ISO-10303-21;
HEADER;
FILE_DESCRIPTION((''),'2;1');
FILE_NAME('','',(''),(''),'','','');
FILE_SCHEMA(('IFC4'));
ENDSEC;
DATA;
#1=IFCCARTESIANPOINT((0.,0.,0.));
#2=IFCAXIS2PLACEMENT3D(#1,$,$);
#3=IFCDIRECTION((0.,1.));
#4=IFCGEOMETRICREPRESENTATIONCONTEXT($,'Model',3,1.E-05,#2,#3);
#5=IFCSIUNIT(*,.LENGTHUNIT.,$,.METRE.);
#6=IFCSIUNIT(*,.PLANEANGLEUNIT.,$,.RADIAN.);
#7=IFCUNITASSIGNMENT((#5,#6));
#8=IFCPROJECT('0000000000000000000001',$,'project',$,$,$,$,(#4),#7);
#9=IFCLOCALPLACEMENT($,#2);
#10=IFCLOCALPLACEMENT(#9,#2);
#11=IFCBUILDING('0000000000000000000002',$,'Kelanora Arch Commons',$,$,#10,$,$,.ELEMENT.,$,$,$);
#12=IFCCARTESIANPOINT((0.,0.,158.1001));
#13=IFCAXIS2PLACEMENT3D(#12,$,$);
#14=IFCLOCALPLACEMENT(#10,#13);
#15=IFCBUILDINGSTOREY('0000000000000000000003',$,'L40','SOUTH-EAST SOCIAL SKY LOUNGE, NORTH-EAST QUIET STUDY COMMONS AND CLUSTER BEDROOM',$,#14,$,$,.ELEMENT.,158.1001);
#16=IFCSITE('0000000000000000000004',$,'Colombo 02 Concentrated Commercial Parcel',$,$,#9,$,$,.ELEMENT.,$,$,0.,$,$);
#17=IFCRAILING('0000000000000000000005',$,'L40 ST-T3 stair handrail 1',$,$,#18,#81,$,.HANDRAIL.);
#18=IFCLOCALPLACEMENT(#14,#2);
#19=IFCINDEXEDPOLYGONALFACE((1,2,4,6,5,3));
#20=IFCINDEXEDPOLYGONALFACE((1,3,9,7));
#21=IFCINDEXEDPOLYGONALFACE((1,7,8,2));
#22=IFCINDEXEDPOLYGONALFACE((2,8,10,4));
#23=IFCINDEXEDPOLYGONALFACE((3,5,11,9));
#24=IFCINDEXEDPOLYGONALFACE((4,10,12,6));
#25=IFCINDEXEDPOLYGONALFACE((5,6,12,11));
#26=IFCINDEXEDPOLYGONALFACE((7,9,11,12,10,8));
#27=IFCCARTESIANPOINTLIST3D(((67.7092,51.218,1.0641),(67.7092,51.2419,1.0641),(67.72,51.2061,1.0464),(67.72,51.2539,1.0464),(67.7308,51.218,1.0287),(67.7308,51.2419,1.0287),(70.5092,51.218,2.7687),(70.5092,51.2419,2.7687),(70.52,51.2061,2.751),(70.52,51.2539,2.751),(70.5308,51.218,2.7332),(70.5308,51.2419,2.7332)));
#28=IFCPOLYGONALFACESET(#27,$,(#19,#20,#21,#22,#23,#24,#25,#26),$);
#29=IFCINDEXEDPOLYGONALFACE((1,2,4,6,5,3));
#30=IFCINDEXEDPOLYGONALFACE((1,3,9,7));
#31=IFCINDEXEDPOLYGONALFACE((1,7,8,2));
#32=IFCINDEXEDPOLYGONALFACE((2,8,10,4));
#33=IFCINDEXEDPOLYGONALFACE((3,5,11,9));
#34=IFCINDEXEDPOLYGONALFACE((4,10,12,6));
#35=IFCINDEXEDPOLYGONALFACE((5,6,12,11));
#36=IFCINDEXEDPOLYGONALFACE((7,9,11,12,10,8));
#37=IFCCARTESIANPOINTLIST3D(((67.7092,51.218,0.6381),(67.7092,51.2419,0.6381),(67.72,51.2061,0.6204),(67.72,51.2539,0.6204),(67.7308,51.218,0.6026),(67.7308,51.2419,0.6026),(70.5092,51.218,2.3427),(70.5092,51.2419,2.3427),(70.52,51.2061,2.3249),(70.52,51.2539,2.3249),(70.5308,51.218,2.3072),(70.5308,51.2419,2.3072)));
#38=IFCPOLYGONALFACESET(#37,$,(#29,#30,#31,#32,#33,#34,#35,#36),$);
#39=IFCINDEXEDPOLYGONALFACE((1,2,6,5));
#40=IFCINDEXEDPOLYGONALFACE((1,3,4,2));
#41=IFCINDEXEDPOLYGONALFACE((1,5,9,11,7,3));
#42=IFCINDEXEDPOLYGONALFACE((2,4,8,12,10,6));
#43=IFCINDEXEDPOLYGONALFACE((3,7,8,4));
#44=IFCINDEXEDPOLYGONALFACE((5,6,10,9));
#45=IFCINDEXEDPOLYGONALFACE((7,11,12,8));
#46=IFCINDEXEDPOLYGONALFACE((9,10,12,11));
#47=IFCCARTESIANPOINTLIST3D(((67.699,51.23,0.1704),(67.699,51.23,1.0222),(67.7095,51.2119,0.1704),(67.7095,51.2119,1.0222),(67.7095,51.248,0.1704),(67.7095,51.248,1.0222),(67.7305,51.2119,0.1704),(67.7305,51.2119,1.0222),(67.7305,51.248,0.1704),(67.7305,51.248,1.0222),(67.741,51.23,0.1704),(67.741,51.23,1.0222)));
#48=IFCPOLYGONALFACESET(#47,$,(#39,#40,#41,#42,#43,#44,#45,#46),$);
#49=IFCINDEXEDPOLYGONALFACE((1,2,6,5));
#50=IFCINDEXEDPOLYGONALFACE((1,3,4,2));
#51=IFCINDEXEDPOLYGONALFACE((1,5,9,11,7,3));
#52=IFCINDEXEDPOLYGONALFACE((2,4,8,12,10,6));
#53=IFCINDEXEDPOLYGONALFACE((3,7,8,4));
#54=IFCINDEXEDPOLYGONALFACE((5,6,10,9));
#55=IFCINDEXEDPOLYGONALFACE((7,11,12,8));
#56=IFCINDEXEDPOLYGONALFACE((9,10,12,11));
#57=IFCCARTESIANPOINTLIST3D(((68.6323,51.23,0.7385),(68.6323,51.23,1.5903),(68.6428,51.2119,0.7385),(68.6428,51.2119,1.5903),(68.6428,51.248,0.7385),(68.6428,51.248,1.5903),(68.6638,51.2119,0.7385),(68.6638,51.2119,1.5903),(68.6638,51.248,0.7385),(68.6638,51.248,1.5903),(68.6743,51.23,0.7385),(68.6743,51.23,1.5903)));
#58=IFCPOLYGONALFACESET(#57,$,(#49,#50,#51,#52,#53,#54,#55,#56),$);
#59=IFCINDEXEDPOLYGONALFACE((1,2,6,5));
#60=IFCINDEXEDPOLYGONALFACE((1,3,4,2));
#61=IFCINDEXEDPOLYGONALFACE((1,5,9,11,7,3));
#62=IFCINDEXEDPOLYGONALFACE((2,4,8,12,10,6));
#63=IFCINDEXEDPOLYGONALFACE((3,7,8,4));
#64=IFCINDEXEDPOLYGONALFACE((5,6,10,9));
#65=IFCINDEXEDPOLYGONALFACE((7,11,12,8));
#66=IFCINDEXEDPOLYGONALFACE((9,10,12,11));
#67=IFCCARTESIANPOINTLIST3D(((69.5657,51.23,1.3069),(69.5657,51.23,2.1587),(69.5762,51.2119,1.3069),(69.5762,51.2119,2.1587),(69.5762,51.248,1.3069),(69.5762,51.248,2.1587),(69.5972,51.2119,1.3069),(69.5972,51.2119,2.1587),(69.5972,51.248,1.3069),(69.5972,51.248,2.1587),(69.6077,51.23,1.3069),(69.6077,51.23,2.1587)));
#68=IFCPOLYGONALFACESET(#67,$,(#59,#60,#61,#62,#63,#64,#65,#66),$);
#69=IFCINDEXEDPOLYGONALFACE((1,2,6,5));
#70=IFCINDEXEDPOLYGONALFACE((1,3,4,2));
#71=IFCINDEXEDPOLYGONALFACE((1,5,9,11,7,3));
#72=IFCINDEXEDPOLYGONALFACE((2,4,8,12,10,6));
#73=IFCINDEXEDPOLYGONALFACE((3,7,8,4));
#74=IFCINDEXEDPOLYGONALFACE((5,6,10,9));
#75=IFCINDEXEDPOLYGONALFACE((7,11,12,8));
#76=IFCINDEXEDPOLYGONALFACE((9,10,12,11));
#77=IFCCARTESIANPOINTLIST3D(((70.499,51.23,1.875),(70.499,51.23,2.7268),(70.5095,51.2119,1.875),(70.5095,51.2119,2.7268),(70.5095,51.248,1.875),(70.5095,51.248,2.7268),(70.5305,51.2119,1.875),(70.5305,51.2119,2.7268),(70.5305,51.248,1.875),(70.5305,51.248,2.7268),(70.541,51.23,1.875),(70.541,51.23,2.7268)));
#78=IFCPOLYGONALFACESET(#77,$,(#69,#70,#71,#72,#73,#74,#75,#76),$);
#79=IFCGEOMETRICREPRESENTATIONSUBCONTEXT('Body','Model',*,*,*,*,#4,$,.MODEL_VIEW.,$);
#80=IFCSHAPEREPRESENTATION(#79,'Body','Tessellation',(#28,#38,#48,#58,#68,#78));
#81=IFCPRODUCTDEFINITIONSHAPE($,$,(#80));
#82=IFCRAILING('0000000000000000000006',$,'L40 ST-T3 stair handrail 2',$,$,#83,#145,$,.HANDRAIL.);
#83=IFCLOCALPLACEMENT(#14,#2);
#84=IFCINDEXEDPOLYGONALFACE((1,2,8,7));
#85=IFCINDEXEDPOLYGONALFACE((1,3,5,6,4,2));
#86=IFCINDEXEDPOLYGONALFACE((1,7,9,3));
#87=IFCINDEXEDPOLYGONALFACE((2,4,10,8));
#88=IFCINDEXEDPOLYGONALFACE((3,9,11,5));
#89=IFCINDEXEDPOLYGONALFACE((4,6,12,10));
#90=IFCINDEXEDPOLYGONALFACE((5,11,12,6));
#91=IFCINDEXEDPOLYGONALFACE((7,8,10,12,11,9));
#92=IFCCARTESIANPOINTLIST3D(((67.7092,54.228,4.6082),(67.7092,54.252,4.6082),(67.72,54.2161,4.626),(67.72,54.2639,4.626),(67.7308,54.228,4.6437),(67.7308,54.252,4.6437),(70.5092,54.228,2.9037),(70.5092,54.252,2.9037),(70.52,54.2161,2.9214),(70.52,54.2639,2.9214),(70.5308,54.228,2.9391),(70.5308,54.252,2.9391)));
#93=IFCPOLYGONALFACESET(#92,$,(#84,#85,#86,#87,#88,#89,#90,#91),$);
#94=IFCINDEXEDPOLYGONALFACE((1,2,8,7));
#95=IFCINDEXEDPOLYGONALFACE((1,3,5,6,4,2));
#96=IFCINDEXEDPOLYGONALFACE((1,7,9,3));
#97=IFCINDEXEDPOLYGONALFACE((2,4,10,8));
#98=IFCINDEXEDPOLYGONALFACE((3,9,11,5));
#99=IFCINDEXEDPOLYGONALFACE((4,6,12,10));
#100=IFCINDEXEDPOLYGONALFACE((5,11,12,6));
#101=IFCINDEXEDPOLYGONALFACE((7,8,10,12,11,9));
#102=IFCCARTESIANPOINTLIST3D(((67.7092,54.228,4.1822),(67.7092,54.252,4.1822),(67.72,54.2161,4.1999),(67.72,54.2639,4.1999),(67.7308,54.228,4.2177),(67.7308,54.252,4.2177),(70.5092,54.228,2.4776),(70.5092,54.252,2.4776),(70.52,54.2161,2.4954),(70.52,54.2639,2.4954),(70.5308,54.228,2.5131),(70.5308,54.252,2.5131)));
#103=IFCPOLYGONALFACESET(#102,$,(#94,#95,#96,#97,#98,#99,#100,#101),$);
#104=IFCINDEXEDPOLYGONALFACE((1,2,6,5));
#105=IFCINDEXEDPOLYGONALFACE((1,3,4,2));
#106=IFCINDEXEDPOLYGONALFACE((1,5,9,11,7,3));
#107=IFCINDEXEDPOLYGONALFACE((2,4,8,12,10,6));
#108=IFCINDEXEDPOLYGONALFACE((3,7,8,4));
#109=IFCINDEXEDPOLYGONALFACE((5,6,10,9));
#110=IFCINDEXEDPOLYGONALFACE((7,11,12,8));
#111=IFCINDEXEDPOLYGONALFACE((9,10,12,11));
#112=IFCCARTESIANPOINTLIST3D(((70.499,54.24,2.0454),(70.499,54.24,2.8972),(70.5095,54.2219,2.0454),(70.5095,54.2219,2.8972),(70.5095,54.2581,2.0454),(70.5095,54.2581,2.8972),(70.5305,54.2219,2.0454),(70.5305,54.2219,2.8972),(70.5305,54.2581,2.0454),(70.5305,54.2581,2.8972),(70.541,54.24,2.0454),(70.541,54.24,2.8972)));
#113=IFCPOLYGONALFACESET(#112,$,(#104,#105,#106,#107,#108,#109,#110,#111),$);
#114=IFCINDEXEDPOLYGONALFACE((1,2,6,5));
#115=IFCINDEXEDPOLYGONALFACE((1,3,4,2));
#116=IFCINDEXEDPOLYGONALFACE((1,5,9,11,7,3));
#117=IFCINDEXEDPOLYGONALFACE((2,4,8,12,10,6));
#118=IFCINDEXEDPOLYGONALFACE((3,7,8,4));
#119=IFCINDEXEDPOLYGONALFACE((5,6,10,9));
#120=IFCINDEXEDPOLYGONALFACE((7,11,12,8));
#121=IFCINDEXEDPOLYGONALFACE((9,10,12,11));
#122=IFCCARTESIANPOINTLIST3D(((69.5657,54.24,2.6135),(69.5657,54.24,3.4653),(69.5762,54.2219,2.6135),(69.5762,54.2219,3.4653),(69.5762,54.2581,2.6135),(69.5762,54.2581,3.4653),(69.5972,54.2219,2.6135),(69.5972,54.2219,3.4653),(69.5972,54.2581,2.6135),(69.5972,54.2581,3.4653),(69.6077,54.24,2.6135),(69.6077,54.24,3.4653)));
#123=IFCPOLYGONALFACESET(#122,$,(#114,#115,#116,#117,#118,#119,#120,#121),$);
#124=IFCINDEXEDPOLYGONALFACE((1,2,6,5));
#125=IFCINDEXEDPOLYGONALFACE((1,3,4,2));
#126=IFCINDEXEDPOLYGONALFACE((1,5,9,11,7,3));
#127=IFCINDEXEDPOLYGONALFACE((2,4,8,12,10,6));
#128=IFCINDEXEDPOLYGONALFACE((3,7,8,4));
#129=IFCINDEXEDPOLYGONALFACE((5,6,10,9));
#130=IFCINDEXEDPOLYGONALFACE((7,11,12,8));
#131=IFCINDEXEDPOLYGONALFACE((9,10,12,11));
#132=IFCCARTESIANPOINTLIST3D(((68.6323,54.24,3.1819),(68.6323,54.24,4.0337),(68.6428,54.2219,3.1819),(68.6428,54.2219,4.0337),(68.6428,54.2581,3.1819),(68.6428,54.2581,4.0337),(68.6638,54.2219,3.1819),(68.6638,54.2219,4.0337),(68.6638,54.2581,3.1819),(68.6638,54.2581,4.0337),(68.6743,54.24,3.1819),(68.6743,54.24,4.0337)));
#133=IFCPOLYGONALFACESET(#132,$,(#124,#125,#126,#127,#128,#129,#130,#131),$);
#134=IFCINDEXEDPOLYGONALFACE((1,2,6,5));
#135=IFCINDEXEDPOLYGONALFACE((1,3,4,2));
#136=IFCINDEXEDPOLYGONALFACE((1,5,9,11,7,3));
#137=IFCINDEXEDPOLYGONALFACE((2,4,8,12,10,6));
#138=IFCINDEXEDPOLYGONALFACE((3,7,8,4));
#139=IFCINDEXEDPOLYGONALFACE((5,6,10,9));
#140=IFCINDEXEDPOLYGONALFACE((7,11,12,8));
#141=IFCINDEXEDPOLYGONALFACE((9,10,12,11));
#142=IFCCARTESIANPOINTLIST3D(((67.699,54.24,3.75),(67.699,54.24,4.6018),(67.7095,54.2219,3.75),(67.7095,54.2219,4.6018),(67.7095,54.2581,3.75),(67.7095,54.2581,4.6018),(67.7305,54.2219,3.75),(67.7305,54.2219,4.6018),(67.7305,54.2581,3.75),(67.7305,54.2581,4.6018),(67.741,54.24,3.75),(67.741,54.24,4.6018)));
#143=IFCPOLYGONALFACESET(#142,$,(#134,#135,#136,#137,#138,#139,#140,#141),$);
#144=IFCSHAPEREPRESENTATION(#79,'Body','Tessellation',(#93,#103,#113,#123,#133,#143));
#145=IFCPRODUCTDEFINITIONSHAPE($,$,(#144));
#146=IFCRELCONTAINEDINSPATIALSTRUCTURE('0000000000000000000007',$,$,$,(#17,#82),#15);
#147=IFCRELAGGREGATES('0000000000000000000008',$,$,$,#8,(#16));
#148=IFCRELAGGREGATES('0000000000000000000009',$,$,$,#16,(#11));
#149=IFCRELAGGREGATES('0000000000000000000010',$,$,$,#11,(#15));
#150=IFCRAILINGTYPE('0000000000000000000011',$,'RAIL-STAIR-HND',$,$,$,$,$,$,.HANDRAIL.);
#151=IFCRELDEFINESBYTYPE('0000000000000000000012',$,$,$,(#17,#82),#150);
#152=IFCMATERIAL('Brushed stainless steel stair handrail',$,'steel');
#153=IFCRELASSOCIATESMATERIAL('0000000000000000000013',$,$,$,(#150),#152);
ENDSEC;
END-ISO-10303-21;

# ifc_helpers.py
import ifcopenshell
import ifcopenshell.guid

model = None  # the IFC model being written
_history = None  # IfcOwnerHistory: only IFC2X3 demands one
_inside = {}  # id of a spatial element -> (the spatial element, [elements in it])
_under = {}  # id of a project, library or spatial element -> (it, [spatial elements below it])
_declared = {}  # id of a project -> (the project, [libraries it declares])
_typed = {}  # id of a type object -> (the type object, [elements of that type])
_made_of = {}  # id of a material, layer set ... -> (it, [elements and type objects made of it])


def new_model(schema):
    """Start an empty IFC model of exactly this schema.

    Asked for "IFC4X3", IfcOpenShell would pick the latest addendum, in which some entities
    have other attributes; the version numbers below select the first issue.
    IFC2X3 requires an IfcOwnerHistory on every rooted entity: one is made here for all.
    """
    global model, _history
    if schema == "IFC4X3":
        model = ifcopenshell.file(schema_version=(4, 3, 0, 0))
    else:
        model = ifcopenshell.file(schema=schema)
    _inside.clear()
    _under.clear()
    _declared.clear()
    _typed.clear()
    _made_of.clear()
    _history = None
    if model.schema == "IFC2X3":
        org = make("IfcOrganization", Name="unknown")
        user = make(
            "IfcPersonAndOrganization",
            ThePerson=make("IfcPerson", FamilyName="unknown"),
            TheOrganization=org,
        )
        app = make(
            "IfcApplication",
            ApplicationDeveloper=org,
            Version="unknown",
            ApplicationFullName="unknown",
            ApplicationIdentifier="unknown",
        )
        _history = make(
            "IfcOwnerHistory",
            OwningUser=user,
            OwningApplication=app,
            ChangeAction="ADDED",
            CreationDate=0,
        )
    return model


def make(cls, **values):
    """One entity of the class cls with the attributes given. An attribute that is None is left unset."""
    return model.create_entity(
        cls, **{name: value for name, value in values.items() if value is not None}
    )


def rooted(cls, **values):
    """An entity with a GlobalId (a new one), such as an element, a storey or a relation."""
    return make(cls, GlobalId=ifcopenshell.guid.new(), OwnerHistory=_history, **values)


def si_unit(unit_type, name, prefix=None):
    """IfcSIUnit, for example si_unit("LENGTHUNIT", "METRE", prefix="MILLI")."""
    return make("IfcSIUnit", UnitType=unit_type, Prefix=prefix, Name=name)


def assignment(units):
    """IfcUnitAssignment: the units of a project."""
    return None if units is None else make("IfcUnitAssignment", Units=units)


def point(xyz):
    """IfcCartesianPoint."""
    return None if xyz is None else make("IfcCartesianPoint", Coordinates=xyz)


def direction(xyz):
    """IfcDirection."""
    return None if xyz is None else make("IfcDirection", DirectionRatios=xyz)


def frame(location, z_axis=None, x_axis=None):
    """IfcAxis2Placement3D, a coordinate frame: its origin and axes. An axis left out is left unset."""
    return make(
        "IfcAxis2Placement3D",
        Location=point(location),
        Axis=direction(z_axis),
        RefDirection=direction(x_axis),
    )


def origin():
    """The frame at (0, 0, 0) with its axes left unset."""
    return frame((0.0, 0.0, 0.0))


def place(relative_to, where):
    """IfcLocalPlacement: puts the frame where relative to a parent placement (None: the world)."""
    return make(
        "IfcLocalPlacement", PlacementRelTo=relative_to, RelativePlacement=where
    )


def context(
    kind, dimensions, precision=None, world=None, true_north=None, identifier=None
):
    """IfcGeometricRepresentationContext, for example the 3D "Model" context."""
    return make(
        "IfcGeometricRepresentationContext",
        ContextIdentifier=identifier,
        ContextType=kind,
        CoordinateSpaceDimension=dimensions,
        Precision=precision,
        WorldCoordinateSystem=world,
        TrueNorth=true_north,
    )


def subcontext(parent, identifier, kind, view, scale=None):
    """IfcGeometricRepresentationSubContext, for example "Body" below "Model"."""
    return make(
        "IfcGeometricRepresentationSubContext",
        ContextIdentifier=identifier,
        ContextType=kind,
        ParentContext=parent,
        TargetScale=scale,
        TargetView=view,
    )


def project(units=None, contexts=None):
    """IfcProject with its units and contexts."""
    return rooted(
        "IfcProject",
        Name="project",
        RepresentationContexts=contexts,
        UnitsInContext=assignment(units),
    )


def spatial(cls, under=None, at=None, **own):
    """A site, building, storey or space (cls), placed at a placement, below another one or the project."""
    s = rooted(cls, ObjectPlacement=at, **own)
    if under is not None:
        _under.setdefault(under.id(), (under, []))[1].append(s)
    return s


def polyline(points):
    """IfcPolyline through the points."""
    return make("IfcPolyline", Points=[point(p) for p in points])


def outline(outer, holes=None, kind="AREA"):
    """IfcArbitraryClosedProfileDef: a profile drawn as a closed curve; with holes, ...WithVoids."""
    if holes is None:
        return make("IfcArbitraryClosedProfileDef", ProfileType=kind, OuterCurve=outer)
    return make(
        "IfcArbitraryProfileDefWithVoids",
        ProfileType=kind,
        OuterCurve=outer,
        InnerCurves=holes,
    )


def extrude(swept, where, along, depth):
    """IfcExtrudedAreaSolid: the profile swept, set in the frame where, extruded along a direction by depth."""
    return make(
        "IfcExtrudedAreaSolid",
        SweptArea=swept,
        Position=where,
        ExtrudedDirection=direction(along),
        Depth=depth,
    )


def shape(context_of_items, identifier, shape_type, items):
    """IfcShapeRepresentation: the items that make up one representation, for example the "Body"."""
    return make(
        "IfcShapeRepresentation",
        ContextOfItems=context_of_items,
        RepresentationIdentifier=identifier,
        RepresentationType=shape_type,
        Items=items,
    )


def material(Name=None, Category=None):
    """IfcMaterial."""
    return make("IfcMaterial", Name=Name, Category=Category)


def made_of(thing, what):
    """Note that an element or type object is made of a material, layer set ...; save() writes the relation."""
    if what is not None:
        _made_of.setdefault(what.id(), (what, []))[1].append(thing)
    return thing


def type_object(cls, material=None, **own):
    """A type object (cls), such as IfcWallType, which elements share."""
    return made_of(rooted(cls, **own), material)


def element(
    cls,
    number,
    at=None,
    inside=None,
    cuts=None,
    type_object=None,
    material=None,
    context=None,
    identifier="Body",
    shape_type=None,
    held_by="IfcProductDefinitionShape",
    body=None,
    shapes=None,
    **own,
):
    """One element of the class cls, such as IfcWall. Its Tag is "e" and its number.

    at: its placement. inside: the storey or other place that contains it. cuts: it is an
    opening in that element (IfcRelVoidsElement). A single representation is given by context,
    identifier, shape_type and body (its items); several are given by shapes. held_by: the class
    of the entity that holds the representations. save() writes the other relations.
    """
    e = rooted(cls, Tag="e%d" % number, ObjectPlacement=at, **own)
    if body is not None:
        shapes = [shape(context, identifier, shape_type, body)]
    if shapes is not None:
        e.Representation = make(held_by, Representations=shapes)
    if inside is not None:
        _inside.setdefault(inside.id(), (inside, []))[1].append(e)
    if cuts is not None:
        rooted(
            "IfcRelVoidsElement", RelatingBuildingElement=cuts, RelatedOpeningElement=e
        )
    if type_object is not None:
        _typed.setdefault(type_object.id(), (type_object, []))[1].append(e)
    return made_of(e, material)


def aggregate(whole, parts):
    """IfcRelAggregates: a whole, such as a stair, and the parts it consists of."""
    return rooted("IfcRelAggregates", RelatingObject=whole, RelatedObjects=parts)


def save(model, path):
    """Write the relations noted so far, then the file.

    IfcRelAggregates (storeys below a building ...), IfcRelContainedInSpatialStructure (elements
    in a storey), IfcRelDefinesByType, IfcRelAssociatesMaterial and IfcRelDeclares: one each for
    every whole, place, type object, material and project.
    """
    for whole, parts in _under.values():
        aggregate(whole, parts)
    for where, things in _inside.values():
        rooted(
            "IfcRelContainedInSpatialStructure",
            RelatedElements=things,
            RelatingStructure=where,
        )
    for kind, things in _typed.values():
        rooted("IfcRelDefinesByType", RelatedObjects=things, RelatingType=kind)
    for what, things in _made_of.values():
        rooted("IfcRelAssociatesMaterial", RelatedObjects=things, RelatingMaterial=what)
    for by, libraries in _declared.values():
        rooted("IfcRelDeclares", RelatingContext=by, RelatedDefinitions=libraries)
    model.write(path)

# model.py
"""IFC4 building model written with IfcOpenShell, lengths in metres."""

from ifc_helpers import new_model, si_unit, direction, frame, origin, place, context, subcontext, project, spatial, polyline, outline, extrude, material, type_object, element, save


model = new_model("IFC4")

# Units and contexts
model_context = context("Model", 3, precision=1e-05, world=origin(), true_north=direction((0.0, 1.0)))
body_context = subcontext(model_context, "Body", "Model", "MODEL_VIEW")
ifc_project = project(units=[si_unit("LENGTHUNIT", "METRE"), si_unit("PLANEANGLEUNIT", "RADIAN")], contexts=[model_context])

# Site, building, storey
site_placement = place(None, origin())
site = spatial("IfcSite", under=ifc_project, at=site_placement, Name="Colombo 02 Concentrated Commercial Parcel", CompositionType="ELEMENT", RefElevation=0.0)
building_placement = place(site_placement, origin())
building = spatial("IfcBuilding", under=site, at=building_placement, Name="Kelanora Arch Commons", CompositionType="ELEMENT")
storey_placement = place(building_placement, frame((0.0, 0.0, 158.1001)))
storey = spatial("IfcBuildingStorey", under=building, at=storey_placement, Name="L40", Description="SOUTH-EAST SOCIAL SKY LOUNGE, NORTH-EAST QUIET STUDY COMMONS AND CLUSTER BEDROOM", CompositionType="ELEMENT", Elevation=158.1001)

# Railings
ifc_material_1 = material(Name="Brushed stainless steel stair handrail", Category="steel")
railing_type_1 = type_object("IfcRailingType", Name="RAIL-STAIR-HND", PredefinedType="HANDRAIL", material=ifc_material_1)
railing_1_placement = place(storey_placement, frame((67.72, 51.23, 0.1704)))
element("IfcRailing", 1, at=railing_1_placement, inside=storey, type_object=railing_type_1, Name="L40 ST-T3 stair handrail 1", PredefinedType="HANDRAIL", context=body_context, shape_type="SweptSolid", body=[
    extrude(outline(polyline([(0.0239, 0.0), (0.012, 0.0208), (-0.012, 0.0208), (-0.0239, 0.0), (-0.012, -0.0208), (0.012, -0.0208), (0.0239, 0.0)])), frame((0.0, 0.0, 0.876), z_axis=(0.85417, 0.0, 0.519994), x_axis=(0.0, 1.0, 0.0)), (0.0, 0.0, 1.0), 3.2781),
    extrude(outline(polyline([(0.0239, 0.0), (0.012, 0.0208), (-0.012, 0.0208), (-0.0239, 0.0), (-0.012, -0.0208), (0.012, -0.0208), (0.0239, 0.0)])), frame((0.0, 0.0, 0.45), z_axis=(0.85417, 0.0, 0.519994), x_axis=(0.0, 1.0, 0.0)), (0.0, 0.0, 1.0), 3.2781),
    extrude(outline(polyline([(0.021, 0.0), (0.0105, 0.0181), (-0.0105, 0.0181), (-0.021, 0.0), (-0.0105, -0.0181), (0.0105, -0.0181), (0.021, 0.0)])), origin(), (0.0, 0.0, 1.0), 0.8518),
    extrude(outline(polyline([(0.021, 0.0), (0.0105, 0.0181), (-0.0105, 0.0181), (-0.021, 0.0), (-0.0105, -0.0181), (0.0105, -0.0181), (0.021, 0.0)])), frame((0.9333, 0.0, 0.5681)), (0.0, 0.0, 1.0), 0.8518),
    extrude(outline(polyline([(0.021, 0.0), (0.0105, 0.0181), (-0.0105, 0.0181), (-0.021, 0.0), (-0.0105, -0.0181), (0.0105, -0.0181), (0.021, 0.0)])), frame((1.8667, 0.0, 1.1365)), (0.0, 0.0, 1.0), 0.8518),
    extrude(outline(polyline([(0.021, 0.0), (0.0105, 0.0181), (-0.0105, 0.0181), (-0.021, 0.0), (-0.0105, -0.0181), (0.0105, -0.0181), (0.021, 0.0)])), frame((2.8, 0.0, 1.7046)), (0.0, 0.0, 1.0), 0.8518),
])
railing_2_placement = place(storey_placement, frame((70.52, 54.24, 2.0454)))
element("IfcRailing", 2, at=railing_2_placement, inside=storey, type_object=railing_type_1, Name="L40 ST-T3 stair handrail 2", PredefinedType="HANDRAIL", context=body_context, shape_type="SweptSolid", body=[
    extrude(outline(polyline([(0.0239, 0.0), (0.012, 0.0208), (-0.012, 0.0208), (-0.0239, 0.0), (-0.012, -0.0208), (0.012, -0.0208), (0.0239, 0.0)])), frame((0.0, 0.0, 0.876), z_axis=(-0.85417, 0.0, 0.519994), x_axis=(0.0, -1.0, 0.0)), (0.0, 0.0, 1.0), 3.2781),
    extrude(outline(polyline([(0.0239, 0.0), (0.012, 0.0208), (-0.012, 0.0208), (-0.0239, 0.0), (-0.012, -0.0208), (0.012, -0.0208), (0.0239, 0.0)])), frame((0.0, 0.0, 0.45), z_axis=(-0.85417, 0.0, 0.519994), x_axis=(0.0, -1.0, 0.0)), (0.0, 0.0, 1.0), 3.2781),
    extrude(outline(polyline([(0.021, 0.0), (0.0105, 0.0181), (-0.0105, 0.0181), (-0.021, 0.0), (-0.0105, -0.0181), (0.0105, -0.0181), (0.021, 0.0)])), origin(), (0.0, 0.0, 1.0), 0.8518),
    extrude(outline(polyline([(0.021, 0.0), (0.0105, 0.0181), (-0.0105, 0.0181), (-0.021, 0.0), (-0.0105, -0.0181), (0.0105, -0.0181), (0.021, 0.0)])), frame((-0.9333, 0.0, 0.5681)), (0.0, 0.0, 1.0), 0.8518),
    extrude(outline(polyline([(0.021, 0.0), (0.0105, 0.0181), (-0.0105, 0.0181), (-0.021, 0.0), (-0.0105, -0.0181), (0.0105, -0.0181), (0.021, 0.0)])), frame((-1.8667, 0.0, 1.1365)), (0.0, 0.0, 1.0), 0.8518),
    extrude(outline(polyline([(0.021, 0.0), (0.0105, 0.0181), (-0.0105, 0.0181), (-0.021, 0.0), (-0.0105, -0.0181), (0.0105, -0.0181), (0.021, 0.0)])), frame((-2.8, 0.0, 1.7046)), (0.0, 0.0, 1.0), 0.8518),
])

save(model, "model.ifc")
